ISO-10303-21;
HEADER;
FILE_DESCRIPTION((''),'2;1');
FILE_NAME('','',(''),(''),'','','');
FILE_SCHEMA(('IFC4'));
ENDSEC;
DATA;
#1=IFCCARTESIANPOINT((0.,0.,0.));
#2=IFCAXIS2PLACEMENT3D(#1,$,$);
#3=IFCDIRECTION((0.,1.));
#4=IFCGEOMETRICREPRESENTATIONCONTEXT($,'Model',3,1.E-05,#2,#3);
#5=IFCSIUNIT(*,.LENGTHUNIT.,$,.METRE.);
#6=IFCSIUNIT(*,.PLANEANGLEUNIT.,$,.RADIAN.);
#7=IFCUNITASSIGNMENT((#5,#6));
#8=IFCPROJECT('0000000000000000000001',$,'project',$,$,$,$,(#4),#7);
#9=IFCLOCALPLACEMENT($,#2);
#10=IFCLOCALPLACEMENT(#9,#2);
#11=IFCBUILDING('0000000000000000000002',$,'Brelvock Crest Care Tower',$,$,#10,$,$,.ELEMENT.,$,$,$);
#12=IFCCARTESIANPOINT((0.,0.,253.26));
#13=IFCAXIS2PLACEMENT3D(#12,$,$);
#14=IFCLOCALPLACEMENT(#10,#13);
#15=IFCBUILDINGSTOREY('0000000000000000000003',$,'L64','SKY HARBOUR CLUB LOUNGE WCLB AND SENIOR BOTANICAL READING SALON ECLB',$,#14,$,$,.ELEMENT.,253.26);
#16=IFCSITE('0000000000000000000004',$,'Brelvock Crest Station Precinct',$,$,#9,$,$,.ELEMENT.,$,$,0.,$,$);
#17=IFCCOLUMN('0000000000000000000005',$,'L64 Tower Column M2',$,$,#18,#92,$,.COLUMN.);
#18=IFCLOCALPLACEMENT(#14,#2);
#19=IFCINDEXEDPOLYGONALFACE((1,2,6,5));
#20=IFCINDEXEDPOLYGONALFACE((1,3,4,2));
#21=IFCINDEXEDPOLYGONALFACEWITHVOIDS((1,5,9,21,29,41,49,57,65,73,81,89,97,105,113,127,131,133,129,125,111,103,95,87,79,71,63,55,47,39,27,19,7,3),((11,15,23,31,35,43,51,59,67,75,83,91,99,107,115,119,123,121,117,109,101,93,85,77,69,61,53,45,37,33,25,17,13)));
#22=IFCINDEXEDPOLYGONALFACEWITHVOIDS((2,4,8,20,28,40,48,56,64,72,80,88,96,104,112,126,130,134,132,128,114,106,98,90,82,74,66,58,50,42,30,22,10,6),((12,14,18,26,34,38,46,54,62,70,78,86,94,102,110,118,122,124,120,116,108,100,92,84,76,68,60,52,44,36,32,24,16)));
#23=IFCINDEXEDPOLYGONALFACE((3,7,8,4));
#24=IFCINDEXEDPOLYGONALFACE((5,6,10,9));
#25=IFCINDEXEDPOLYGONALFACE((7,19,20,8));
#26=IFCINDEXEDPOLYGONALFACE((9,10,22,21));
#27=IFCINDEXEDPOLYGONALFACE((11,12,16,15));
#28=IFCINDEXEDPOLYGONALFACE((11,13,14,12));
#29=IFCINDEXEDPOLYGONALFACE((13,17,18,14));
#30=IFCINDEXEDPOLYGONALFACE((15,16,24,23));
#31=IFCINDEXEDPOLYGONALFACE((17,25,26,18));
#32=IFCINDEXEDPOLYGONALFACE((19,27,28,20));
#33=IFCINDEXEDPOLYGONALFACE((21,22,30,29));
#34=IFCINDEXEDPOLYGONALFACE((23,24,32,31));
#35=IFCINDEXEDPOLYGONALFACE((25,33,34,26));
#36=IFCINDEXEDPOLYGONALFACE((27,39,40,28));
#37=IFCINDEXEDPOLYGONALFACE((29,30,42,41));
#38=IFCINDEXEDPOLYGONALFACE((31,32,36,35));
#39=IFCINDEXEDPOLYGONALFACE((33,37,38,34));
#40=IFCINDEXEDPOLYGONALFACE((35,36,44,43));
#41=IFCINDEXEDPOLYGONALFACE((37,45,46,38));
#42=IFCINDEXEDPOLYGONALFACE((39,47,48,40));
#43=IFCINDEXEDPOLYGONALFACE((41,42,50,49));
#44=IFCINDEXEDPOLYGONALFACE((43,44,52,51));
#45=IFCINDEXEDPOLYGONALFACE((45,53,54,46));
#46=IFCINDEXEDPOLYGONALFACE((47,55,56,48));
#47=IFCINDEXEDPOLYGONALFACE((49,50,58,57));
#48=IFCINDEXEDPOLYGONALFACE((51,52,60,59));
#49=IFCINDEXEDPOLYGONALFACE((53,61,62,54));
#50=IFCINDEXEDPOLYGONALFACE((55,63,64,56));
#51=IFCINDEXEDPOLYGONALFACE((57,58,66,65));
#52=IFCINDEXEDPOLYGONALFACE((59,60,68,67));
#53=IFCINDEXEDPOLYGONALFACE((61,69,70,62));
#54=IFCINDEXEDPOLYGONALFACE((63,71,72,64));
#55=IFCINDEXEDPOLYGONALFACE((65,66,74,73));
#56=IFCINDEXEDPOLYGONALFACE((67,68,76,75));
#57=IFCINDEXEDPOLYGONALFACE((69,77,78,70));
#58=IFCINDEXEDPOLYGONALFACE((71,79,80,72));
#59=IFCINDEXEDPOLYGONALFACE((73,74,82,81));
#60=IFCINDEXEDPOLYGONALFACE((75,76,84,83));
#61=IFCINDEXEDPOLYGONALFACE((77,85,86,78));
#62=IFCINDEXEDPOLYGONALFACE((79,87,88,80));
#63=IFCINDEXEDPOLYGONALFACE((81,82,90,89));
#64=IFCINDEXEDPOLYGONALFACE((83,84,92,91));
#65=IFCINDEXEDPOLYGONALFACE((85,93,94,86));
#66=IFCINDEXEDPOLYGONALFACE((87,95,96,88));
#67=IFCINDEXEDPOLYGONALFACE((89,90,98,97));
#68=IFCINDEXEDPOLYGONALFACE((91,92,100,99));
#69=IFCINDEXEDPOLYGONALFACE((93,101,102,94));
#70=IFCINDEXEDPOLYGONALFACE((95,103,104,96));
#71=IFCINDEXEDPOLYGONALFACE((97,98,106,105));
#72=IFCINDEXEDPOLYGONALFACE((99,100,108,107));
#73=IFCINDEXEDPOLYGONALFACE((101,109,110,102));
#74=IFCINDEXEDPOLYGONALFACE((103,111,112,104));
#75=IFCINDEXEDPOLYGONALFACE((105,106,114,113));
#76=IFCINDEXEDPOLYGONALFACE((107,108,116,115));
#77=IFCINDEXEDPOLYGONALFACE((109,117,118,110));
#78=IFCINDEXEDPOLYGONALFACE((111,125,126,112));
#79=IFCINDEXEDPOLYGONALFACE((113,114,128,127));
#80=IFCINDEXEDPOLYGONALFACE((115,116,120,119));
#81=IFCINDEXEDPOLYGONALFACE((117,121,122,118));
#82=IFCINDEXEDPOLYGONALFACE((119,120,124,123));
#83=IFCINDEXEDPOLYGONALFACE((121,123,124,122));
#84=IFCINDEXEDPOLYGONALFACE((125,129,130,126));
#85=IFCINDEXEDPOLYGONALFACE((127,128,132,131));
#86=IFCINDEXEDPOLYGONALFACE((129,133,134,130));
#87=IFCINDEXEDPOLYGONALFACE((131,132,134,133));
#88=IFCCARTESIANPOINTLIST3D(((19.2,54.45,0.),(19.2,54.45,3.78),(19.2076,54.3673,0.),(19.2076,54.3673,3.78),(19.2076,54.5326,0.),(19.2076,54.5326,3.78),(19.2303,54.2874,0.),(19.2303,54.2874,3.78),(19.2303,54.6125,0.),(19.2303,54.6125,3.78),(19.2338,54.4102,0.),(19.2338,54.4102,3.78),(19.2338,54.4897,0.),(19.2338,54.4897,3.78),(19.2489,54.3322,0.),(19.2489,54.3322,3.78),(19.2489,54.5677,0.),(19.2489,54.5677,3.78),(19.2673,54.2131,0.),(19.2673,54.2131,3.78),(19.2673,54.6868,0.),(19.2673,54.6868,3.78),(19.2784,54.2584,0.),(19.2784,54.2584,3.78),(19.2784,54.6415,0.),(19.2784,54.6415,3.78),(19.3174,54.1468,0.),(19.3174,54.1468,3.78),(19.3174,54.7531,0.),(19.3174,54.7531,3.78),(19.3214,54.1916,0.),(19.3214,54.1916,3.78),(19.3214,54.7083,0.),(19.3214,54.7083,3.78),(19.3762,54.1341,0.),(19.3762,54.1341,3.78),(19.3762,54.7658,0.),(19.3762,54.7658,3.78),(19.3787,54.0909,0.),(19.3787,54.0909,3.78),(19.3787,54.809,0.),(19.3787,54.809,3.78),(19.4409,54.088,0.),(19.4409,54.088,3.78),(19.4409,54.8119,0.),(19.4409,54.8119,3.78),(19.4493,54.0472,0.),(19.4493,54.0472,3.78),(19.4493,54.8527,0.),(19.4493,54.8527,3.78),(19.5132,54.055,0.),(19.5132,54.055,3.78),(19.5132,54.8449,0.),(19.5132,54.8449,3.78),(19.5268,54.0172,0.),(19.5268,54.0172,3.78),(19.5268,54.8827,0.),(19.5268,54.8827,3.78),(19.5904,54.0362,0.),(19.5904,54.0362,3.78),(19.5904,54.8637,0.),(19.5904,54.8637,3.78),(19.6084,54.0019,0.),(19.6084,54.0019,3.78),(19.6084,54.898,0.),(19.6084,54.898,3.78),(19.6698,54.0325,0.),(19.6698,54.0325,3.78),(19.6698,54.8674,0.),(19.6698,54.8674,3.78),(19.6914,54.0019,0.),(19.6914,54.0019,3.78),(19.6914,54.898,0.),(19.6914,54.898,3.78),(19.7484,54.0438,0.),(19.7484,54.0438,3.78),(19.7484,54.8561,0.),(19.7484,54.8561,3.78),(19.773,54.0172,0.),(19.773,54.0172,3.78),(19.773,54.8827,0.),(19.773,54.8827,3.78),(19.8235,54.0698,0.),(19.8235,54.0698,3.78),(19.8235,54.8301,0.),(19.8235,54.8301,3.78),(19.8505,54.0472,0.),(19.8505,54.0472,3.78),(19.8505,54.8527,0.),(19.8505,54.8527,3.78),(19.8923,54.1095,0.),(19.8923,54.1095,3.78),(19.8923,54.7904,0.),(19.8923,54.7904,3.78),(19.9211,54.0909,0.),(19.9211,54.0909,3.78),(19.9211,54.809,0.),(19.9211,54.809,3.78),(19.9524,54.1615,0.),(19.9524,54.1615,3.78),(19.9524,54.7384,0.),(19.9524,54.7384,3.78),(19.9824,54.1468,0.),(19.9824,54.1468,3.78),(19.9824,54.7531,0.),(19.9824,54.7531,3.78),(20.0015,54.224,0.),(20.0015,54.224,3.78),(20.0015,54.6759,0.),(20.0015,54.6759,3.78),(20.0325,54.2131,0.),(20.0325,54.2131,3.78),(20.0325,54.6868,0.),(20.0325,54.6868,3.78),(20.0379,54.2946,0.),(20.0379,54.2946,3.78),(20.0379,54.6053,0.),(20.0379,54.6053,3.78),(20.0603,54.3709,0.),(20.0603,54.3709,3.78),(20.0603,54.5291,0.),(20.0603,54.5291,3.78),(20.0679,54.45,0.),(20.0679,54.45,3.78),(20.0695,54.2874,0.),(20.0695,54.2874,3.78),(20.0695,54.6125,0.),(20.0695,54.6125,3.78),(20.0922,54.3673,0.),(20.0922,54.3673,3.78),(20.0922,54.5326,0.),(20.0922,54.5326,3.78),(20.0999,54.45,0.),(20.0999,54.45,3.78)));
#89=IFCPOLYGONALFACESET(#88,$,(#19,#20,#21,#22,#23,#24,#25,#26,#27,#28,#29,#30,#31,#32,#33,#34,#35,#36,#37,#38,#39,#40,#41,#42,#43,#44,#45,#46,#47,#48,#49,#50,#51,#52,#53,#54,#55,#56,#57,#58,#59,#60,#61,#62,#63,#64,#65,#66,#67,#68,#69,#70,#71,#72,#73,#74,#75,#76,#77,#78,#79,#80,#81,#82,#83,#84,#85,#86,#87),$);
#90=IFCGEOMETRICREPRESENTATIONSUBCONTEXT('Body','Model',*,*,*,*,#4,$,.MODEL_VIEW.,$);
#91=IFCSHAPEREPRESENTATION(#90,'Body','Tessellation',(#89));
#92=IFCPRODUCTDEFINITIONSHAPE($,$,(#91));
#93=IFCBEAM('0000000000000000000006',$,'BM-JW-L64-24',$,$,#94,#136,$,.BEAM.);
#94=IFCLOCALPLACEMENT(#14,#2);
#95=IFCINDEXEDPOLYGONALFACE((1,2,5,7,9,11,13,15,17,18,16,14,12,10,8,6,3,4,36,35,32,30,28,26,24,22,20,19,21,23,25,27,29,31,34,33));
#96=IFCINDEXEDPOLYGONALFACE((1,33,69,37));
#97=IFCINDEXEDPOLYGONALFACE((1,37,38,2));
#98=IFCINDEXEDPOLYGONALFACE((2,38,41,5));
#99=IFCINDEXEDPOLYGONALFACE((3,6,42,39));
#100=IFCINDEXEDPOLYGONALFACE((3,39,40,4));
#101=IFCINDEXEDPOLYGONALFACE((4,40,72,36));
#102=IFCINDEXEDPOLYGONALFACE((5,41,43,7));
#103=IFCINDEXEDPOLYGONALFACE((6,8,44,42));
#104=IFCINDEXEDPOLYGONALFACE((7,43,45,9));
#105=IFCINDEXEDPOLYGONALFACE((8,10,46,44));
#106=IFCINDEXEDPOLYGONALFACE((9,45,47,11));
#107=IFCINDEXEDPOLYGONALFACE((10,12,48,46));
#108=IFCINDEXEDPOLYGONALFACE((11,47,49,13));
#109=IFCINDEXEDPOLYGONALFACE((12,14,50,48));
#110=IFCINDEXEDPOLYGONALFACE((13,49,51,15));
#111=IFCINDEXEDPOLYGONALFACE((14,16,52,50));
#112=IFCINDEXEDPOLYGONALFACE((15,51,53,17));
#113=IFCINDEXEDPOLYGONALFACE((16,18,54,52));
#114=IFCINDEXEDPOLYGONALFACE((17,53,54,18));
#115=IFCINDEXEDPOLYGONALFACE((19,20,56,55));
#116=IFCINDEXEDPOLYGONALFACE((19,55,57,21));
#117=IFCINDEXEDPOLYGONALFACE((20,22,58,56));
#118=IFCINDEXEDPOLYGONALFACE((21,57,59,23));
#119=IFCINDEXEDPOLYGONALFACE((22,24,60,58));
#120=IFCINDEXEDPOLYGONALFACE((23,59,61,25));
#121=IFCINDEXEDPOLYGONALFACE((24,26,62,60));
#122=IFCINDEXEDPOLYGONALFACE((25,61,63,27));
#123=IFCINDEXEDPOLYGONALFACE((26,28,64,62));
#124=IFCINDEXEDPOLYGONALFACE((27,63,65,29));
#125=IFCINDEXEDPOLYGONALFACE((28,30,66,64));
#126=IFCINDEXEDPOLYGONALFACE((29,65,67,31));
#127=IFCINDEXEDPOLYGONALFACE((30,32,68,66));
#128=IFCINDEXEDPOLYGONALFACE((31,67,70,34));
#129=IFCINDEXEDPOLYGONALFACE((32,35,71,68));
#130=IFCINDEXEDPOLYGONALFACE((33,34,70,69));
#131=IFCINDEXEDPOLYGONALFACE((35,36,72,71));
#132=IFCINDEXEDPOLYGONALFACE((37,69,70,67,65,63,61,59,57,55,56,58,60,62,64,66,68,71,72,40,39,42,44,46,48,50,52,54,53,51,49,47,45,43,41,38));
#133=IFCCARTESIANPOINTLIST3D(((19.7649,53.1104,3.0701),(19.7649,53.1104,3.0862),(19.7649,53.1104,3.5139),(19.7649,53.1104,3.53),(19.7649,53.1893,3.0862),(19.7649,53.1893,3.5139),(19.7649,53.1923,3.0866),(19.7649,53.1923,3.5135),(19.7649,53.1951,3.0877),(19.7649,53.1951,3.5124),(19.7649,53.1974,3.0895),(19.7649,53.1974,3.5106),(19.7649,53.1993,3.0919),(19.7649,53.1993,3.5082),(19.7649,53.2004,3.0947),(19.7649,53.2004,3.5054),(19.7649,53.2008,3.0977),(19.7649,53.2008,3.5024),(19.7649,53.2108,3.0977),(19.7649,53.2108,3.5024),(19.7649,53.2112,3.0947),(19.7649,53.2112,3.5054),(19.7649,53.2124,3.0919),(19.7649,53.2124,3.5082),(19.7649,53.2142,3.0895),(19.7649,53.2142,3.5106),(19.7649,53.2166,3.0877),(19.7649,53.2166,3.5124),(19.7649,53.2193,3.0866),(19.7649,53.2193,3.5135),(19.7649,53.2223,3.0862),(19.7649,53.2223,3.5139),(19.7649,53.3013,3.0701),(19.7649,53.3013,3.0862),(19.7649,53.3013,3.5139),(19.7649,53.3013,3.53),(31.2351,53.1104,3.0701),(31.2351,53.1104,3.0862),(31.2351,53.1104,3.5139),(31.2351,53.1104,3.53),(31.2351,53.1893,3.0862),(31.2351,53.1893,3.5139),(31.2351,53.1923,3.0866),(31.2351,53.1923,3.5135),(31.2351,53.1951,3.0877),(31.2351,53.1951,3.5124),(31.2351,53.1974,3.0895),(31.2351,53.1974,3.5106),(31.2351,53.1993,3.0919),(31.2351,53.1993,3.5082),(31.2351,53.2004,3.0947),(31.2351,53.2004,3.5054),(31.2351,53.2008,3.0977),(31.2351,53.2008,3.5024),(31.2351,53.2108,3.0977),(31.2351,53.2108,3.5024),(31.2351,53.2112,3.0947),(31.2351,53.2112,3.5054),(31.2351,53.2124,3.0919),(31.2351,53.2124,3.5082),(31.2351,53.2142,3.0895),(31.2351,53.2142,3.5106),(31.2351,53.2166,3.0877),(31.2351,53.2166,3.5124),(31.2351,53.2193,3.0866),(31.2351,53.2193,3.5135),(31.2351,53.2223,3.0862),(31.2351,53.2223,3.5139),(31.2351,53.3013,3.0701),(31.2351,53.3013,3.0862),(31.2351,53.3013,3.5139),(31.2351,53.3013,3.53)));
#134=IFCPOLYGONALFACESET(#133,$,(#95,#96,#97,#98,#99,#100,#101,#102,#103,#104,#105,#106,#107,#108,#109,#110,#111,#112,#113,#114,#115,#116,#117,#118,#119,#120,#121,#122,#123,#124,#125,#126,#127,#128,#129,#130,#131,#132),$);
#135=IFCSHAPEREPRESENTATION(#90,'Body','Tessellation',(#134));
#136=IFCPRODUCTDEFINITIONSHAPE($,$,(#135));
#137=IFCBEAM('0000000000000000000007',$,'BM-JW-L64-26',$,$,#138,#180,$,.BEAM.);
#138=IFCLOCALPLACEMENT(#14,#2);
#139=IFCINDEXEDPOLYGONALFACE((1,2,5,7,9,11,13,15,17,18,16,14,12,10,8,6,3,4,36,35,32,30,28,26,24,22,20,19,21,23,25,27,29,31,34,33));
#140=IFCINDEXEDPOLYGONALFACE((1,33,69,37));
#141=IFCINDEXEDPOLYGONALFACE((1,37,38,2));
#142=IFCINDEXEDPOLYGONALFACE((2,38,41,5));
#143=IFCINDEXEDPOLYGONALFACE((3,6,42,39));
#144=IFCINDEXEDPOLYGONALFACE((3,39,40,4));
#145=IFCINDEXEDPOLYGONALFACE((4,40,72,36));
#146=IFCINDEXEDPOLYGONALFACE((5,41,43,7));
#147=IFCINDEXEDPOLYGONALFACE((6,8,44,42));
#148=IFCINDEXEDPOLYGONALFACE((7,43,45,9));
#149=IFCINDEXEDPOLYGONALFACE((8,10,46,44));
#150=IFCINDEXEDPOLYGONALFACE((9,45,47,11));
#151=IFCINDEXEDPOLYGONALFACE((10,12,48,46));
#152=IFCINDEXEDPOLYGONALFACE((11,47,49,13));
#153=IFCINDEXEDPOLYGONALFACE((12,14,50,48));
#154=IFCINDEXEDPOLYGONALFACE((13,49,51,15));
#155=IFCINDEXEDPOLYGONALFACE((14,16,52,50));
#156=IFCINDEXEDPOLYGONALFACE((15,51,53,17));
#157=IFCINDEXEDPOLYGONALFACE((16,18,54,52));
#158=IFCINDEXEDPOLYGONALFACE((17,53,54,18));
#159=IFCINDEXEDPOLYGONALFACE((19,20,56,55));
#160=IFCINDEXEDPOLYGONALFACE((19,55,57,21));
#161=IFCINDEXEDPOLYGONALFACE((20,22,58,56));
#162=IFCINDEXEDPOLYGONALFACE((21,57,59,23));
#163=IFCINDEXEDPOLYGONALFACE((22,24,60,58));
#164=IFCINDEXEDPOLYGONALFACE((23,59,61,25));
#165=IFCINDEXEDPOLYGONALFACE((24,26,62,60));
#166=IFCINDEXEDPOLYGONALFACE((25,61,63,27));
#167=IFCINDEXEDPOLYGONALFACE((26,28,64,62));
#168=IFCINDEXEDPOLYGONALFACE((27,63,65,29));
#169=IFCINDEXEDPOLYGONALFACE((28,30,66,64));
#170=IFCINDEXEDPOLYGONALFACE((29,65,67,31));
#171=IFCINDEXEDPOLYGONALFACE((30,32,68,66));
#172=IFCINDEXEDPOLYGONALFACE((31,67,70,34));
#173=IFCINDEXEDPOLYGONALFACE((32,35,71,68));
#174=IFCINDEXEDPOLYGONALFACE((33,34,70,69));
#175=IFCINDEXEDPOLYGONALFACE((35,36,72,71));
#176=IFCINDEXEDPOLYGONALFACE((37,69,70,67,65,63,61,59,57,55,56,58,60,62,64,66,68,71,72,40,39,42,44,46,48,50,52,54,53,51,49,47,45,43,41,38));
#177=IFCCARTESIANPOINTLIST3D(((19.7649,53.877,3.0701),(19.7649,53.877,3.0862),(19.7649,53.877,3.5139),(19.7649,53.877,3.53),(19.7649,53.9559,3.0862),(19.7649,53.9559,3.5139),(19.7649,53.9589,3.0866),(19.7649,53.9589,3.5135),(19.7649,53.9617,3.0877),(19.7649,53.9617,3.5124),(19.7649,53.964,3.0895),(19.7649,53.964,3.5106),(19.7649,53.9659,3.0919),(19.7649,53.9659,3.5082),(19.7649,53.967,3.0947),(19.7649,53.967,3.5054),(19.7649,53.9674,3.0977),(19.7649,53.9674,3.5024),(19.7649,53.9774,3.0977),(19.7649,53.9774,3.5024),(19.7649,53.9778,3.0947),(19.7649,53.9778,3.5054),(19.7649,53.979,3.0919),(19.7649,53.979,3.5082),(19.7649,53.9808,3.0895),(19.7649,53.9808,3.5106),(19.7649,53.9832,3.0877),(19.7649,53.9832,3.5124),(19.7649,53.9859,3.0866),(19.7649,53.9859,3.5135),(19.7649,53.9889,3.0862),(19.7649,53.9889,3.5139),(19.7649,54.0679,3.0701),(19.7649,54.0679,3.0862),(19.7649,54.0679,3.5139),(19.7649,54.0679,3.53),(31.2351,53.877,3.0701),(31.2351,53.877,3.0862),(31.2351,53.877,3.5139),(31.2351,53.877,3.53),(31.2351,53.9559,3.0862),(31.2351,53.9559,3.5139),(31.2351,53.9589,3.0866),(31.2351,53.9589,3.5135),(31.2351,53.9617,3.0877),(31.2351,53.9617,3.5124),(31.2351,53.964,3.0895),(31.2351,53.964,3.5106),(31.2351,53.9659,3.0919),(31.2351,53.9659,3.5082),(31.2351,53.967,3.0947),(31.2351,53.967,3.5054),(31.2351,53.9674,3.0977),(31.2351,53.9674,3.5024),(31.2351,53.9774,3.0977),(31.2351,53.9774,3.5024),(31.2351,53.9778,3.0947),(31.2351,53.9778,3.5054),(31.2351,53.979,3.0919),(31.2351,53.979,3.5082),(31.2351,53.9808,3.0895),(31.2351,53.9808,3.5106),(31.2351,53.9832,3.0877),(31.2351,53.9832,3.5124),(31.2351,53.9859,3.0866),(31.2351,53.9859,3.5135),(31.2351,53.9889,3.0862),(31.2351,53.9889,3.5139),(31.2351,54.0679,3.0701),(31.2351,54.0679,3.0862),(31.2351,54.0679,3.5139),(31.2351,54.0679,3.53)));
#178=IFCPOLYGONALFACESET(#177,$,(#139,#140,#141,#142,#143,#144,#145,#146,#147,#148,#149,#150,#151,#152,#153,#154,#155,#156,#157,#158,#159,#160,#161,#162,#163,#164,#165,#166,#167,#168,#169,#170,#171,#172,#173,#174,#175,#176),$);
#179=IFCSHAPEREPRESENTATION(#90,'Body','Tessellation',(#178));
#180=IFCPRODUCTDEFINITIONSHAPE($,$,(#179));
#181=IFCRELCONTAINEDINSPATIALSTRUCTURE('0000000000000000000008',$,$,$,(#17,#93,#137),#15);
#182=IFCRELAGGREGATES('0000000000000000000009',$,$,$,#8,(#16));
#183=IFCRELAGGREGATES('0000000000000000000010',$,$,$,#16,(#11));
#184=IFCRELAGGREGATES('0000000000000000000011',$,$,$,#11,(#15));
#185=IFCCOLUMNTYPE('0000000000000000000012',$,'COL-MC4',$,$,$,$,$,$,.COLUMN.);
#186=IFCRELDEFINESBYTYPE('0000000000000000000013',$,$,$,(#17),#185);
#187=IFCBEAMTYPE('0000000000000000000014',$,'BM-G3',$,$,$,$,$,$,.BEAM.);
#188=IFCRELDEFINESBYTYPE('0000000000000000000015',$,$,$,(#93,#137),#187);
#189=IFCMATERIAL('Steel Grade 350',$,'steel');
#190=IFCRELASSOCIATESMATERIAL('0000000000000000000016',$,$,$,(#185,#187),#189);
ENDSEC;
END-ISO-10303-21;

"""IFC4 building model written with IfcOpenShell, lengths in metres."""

from ifc_helpers import new_model, si_unit, direction, frame, origin, origin_2d, place, context, subcontext, project, spatial, hollow_circle, i_section, extrude, source, transform, mapped, material, material_profile, profile_set, type_object, element, save


model = new_model("IFC4")

# Units and contexts
model_context = context("Model", 3, precision=1e-05, world=origin(), true_north=direction((0.0, 1.0)))
body_context = subcontext(model_context, "Body", "Model", "MODEL_VIEW")
ifc_project = project(units=[si_unit("LENGTHUNIT", "METRE"), si_unit("PLANEANGLEUNIT", "RADIAN")], contexts=[model_context])

# Site, building, storey
site_placement = place(None, origin())
site = spatial("IfcSite", under=ifc_project, at=site_placement, Name="Brelvock Crest Station Precinct", CompositionType="ELEMENT", RefElevation=0.0)
building_placement = place(site_placement, origin())
building = spatial("IfcBuilding", under=site, at=building_placement, Name="Brelvock Crest Care Tower", CompositionType="ELEMENT")
storey_placement = place(building_placement, frame((0.0, 0.0, 253.26)))
storey = spatial("IfcBuildingStorey", under=building, at=storey_placement, Name="L64", Description="SKY HARBOUR CLUB LOUNGE WCLB AND SENIOR BOTANICAL READING SALON ECLB", CompositionType="ELEMENT", Elevation=253.26)

# Column
ifc_material_1 = material(Name="Steel Grade 350", Category="steel")
ifc_material_profile_1 = material_profile(ifc_material_1, hollow_circle(Radius=0.45, WallThickness=0.032, at=origin_2d()), Name="CFT900x32")
ifc_profile_set_1 = profile_set([ifc_material_profile_1], Name="Steel Grade 350")
column_type = type_object("IfcColumnType", Name="COL-MC4", PredefinedType="COLUMN", material=ifc_profile_set_1)
shared_shape_1 = source(origin(), body_context, "Body", "SweptSolid", [
    extrude(hollow_circle(Radius=0.45, WallThickness=0.032, at=origin_2d()), origin(), (0.0, 0.0, 1.0), 3.78),
])
column_placement = place(storey_placement, frame((19.6499, 54.45, 0.0), z_axis=(0.0, 0.0, 1.0), x_axis=(1.0, 0.0, 0.0)))
element("IfcColumn", 1, at=column_placement, inside=storey, type_object=column_type, Name="L64 Tower Column M2", PredefinedType="COLUMN", context=body_context, shape_type="MappedRepresentation", body=[
    mapped(shared_shape_1, transform((0.0, 0.0, 0.0), x_axis=(1.0, 0.0, 0.0), y_axis=(0.0, 1.0, 0.0), z_axis=(0.0, 0.0, 1.0), scale=1.0)),
])

# Beams
ifc_material_profile_2 = material_profile(ifc_material_1, i_section(OverallWidth=0.1909, OverallDepth=0.46, WebThickness=0.01, FlangeThickness=0.0161, FilletRadius=0.0115, at=origin_2d()), Name="460UB82.1")
ifc_profile_set_2 = profile_set([ifc_material_profile_2], Name="Steel Grade 350")
beam_type_1 = type_object("IfcBeamType", Name="BM-G3", PredefinedType="BEAM", material=ifc_profile_set_2)
shared_shape_2 = source(origin(), body_context, "Body", "SweptSolid", [
    extrude(i_section(OverallWidth=0.1909, OverallDepth=0.46, WebThickness=0.01, FlangeThickness=0.0161, FilletRadius=0.0115, at=origin_2d()), origin(), (0.0, 0.0, 1.0), 11.4702),
])
for number, where, z_axis, x_axis, name in (
    (2, (19.7649, 53.2058, 3.3), (1.0, 0.0, 0.0), (0.0, 1.0, 0.0), "BM-JW-L64-24"),
    (3, (19.7649, 53.9724, 3.3), (1.0, 0.0, 0.0), (0.0, 1.0, 0.0), "BM-JW-L64-26"),
):
    element("IfcBeam", number, at=place(storey_placement, frame(where, z_axis=z_axis, x_axis=x_axis)), inside=storey, type_object=beam_type_1, Name=name, PredefinedType="BEAM", context=body_context, shape_type="MappedRepresentation", body=[
        mapped(shared_shape_2, transform((0.0, 0.0, 0.0), x_axis=(1.0, 0.0, 0.0), y_axis=(0.0, 1.0, 0.0), z_axis=(0.0, 0.0, 1.0), scale=1.0)),
    ])

save(model, "model.ifc")
